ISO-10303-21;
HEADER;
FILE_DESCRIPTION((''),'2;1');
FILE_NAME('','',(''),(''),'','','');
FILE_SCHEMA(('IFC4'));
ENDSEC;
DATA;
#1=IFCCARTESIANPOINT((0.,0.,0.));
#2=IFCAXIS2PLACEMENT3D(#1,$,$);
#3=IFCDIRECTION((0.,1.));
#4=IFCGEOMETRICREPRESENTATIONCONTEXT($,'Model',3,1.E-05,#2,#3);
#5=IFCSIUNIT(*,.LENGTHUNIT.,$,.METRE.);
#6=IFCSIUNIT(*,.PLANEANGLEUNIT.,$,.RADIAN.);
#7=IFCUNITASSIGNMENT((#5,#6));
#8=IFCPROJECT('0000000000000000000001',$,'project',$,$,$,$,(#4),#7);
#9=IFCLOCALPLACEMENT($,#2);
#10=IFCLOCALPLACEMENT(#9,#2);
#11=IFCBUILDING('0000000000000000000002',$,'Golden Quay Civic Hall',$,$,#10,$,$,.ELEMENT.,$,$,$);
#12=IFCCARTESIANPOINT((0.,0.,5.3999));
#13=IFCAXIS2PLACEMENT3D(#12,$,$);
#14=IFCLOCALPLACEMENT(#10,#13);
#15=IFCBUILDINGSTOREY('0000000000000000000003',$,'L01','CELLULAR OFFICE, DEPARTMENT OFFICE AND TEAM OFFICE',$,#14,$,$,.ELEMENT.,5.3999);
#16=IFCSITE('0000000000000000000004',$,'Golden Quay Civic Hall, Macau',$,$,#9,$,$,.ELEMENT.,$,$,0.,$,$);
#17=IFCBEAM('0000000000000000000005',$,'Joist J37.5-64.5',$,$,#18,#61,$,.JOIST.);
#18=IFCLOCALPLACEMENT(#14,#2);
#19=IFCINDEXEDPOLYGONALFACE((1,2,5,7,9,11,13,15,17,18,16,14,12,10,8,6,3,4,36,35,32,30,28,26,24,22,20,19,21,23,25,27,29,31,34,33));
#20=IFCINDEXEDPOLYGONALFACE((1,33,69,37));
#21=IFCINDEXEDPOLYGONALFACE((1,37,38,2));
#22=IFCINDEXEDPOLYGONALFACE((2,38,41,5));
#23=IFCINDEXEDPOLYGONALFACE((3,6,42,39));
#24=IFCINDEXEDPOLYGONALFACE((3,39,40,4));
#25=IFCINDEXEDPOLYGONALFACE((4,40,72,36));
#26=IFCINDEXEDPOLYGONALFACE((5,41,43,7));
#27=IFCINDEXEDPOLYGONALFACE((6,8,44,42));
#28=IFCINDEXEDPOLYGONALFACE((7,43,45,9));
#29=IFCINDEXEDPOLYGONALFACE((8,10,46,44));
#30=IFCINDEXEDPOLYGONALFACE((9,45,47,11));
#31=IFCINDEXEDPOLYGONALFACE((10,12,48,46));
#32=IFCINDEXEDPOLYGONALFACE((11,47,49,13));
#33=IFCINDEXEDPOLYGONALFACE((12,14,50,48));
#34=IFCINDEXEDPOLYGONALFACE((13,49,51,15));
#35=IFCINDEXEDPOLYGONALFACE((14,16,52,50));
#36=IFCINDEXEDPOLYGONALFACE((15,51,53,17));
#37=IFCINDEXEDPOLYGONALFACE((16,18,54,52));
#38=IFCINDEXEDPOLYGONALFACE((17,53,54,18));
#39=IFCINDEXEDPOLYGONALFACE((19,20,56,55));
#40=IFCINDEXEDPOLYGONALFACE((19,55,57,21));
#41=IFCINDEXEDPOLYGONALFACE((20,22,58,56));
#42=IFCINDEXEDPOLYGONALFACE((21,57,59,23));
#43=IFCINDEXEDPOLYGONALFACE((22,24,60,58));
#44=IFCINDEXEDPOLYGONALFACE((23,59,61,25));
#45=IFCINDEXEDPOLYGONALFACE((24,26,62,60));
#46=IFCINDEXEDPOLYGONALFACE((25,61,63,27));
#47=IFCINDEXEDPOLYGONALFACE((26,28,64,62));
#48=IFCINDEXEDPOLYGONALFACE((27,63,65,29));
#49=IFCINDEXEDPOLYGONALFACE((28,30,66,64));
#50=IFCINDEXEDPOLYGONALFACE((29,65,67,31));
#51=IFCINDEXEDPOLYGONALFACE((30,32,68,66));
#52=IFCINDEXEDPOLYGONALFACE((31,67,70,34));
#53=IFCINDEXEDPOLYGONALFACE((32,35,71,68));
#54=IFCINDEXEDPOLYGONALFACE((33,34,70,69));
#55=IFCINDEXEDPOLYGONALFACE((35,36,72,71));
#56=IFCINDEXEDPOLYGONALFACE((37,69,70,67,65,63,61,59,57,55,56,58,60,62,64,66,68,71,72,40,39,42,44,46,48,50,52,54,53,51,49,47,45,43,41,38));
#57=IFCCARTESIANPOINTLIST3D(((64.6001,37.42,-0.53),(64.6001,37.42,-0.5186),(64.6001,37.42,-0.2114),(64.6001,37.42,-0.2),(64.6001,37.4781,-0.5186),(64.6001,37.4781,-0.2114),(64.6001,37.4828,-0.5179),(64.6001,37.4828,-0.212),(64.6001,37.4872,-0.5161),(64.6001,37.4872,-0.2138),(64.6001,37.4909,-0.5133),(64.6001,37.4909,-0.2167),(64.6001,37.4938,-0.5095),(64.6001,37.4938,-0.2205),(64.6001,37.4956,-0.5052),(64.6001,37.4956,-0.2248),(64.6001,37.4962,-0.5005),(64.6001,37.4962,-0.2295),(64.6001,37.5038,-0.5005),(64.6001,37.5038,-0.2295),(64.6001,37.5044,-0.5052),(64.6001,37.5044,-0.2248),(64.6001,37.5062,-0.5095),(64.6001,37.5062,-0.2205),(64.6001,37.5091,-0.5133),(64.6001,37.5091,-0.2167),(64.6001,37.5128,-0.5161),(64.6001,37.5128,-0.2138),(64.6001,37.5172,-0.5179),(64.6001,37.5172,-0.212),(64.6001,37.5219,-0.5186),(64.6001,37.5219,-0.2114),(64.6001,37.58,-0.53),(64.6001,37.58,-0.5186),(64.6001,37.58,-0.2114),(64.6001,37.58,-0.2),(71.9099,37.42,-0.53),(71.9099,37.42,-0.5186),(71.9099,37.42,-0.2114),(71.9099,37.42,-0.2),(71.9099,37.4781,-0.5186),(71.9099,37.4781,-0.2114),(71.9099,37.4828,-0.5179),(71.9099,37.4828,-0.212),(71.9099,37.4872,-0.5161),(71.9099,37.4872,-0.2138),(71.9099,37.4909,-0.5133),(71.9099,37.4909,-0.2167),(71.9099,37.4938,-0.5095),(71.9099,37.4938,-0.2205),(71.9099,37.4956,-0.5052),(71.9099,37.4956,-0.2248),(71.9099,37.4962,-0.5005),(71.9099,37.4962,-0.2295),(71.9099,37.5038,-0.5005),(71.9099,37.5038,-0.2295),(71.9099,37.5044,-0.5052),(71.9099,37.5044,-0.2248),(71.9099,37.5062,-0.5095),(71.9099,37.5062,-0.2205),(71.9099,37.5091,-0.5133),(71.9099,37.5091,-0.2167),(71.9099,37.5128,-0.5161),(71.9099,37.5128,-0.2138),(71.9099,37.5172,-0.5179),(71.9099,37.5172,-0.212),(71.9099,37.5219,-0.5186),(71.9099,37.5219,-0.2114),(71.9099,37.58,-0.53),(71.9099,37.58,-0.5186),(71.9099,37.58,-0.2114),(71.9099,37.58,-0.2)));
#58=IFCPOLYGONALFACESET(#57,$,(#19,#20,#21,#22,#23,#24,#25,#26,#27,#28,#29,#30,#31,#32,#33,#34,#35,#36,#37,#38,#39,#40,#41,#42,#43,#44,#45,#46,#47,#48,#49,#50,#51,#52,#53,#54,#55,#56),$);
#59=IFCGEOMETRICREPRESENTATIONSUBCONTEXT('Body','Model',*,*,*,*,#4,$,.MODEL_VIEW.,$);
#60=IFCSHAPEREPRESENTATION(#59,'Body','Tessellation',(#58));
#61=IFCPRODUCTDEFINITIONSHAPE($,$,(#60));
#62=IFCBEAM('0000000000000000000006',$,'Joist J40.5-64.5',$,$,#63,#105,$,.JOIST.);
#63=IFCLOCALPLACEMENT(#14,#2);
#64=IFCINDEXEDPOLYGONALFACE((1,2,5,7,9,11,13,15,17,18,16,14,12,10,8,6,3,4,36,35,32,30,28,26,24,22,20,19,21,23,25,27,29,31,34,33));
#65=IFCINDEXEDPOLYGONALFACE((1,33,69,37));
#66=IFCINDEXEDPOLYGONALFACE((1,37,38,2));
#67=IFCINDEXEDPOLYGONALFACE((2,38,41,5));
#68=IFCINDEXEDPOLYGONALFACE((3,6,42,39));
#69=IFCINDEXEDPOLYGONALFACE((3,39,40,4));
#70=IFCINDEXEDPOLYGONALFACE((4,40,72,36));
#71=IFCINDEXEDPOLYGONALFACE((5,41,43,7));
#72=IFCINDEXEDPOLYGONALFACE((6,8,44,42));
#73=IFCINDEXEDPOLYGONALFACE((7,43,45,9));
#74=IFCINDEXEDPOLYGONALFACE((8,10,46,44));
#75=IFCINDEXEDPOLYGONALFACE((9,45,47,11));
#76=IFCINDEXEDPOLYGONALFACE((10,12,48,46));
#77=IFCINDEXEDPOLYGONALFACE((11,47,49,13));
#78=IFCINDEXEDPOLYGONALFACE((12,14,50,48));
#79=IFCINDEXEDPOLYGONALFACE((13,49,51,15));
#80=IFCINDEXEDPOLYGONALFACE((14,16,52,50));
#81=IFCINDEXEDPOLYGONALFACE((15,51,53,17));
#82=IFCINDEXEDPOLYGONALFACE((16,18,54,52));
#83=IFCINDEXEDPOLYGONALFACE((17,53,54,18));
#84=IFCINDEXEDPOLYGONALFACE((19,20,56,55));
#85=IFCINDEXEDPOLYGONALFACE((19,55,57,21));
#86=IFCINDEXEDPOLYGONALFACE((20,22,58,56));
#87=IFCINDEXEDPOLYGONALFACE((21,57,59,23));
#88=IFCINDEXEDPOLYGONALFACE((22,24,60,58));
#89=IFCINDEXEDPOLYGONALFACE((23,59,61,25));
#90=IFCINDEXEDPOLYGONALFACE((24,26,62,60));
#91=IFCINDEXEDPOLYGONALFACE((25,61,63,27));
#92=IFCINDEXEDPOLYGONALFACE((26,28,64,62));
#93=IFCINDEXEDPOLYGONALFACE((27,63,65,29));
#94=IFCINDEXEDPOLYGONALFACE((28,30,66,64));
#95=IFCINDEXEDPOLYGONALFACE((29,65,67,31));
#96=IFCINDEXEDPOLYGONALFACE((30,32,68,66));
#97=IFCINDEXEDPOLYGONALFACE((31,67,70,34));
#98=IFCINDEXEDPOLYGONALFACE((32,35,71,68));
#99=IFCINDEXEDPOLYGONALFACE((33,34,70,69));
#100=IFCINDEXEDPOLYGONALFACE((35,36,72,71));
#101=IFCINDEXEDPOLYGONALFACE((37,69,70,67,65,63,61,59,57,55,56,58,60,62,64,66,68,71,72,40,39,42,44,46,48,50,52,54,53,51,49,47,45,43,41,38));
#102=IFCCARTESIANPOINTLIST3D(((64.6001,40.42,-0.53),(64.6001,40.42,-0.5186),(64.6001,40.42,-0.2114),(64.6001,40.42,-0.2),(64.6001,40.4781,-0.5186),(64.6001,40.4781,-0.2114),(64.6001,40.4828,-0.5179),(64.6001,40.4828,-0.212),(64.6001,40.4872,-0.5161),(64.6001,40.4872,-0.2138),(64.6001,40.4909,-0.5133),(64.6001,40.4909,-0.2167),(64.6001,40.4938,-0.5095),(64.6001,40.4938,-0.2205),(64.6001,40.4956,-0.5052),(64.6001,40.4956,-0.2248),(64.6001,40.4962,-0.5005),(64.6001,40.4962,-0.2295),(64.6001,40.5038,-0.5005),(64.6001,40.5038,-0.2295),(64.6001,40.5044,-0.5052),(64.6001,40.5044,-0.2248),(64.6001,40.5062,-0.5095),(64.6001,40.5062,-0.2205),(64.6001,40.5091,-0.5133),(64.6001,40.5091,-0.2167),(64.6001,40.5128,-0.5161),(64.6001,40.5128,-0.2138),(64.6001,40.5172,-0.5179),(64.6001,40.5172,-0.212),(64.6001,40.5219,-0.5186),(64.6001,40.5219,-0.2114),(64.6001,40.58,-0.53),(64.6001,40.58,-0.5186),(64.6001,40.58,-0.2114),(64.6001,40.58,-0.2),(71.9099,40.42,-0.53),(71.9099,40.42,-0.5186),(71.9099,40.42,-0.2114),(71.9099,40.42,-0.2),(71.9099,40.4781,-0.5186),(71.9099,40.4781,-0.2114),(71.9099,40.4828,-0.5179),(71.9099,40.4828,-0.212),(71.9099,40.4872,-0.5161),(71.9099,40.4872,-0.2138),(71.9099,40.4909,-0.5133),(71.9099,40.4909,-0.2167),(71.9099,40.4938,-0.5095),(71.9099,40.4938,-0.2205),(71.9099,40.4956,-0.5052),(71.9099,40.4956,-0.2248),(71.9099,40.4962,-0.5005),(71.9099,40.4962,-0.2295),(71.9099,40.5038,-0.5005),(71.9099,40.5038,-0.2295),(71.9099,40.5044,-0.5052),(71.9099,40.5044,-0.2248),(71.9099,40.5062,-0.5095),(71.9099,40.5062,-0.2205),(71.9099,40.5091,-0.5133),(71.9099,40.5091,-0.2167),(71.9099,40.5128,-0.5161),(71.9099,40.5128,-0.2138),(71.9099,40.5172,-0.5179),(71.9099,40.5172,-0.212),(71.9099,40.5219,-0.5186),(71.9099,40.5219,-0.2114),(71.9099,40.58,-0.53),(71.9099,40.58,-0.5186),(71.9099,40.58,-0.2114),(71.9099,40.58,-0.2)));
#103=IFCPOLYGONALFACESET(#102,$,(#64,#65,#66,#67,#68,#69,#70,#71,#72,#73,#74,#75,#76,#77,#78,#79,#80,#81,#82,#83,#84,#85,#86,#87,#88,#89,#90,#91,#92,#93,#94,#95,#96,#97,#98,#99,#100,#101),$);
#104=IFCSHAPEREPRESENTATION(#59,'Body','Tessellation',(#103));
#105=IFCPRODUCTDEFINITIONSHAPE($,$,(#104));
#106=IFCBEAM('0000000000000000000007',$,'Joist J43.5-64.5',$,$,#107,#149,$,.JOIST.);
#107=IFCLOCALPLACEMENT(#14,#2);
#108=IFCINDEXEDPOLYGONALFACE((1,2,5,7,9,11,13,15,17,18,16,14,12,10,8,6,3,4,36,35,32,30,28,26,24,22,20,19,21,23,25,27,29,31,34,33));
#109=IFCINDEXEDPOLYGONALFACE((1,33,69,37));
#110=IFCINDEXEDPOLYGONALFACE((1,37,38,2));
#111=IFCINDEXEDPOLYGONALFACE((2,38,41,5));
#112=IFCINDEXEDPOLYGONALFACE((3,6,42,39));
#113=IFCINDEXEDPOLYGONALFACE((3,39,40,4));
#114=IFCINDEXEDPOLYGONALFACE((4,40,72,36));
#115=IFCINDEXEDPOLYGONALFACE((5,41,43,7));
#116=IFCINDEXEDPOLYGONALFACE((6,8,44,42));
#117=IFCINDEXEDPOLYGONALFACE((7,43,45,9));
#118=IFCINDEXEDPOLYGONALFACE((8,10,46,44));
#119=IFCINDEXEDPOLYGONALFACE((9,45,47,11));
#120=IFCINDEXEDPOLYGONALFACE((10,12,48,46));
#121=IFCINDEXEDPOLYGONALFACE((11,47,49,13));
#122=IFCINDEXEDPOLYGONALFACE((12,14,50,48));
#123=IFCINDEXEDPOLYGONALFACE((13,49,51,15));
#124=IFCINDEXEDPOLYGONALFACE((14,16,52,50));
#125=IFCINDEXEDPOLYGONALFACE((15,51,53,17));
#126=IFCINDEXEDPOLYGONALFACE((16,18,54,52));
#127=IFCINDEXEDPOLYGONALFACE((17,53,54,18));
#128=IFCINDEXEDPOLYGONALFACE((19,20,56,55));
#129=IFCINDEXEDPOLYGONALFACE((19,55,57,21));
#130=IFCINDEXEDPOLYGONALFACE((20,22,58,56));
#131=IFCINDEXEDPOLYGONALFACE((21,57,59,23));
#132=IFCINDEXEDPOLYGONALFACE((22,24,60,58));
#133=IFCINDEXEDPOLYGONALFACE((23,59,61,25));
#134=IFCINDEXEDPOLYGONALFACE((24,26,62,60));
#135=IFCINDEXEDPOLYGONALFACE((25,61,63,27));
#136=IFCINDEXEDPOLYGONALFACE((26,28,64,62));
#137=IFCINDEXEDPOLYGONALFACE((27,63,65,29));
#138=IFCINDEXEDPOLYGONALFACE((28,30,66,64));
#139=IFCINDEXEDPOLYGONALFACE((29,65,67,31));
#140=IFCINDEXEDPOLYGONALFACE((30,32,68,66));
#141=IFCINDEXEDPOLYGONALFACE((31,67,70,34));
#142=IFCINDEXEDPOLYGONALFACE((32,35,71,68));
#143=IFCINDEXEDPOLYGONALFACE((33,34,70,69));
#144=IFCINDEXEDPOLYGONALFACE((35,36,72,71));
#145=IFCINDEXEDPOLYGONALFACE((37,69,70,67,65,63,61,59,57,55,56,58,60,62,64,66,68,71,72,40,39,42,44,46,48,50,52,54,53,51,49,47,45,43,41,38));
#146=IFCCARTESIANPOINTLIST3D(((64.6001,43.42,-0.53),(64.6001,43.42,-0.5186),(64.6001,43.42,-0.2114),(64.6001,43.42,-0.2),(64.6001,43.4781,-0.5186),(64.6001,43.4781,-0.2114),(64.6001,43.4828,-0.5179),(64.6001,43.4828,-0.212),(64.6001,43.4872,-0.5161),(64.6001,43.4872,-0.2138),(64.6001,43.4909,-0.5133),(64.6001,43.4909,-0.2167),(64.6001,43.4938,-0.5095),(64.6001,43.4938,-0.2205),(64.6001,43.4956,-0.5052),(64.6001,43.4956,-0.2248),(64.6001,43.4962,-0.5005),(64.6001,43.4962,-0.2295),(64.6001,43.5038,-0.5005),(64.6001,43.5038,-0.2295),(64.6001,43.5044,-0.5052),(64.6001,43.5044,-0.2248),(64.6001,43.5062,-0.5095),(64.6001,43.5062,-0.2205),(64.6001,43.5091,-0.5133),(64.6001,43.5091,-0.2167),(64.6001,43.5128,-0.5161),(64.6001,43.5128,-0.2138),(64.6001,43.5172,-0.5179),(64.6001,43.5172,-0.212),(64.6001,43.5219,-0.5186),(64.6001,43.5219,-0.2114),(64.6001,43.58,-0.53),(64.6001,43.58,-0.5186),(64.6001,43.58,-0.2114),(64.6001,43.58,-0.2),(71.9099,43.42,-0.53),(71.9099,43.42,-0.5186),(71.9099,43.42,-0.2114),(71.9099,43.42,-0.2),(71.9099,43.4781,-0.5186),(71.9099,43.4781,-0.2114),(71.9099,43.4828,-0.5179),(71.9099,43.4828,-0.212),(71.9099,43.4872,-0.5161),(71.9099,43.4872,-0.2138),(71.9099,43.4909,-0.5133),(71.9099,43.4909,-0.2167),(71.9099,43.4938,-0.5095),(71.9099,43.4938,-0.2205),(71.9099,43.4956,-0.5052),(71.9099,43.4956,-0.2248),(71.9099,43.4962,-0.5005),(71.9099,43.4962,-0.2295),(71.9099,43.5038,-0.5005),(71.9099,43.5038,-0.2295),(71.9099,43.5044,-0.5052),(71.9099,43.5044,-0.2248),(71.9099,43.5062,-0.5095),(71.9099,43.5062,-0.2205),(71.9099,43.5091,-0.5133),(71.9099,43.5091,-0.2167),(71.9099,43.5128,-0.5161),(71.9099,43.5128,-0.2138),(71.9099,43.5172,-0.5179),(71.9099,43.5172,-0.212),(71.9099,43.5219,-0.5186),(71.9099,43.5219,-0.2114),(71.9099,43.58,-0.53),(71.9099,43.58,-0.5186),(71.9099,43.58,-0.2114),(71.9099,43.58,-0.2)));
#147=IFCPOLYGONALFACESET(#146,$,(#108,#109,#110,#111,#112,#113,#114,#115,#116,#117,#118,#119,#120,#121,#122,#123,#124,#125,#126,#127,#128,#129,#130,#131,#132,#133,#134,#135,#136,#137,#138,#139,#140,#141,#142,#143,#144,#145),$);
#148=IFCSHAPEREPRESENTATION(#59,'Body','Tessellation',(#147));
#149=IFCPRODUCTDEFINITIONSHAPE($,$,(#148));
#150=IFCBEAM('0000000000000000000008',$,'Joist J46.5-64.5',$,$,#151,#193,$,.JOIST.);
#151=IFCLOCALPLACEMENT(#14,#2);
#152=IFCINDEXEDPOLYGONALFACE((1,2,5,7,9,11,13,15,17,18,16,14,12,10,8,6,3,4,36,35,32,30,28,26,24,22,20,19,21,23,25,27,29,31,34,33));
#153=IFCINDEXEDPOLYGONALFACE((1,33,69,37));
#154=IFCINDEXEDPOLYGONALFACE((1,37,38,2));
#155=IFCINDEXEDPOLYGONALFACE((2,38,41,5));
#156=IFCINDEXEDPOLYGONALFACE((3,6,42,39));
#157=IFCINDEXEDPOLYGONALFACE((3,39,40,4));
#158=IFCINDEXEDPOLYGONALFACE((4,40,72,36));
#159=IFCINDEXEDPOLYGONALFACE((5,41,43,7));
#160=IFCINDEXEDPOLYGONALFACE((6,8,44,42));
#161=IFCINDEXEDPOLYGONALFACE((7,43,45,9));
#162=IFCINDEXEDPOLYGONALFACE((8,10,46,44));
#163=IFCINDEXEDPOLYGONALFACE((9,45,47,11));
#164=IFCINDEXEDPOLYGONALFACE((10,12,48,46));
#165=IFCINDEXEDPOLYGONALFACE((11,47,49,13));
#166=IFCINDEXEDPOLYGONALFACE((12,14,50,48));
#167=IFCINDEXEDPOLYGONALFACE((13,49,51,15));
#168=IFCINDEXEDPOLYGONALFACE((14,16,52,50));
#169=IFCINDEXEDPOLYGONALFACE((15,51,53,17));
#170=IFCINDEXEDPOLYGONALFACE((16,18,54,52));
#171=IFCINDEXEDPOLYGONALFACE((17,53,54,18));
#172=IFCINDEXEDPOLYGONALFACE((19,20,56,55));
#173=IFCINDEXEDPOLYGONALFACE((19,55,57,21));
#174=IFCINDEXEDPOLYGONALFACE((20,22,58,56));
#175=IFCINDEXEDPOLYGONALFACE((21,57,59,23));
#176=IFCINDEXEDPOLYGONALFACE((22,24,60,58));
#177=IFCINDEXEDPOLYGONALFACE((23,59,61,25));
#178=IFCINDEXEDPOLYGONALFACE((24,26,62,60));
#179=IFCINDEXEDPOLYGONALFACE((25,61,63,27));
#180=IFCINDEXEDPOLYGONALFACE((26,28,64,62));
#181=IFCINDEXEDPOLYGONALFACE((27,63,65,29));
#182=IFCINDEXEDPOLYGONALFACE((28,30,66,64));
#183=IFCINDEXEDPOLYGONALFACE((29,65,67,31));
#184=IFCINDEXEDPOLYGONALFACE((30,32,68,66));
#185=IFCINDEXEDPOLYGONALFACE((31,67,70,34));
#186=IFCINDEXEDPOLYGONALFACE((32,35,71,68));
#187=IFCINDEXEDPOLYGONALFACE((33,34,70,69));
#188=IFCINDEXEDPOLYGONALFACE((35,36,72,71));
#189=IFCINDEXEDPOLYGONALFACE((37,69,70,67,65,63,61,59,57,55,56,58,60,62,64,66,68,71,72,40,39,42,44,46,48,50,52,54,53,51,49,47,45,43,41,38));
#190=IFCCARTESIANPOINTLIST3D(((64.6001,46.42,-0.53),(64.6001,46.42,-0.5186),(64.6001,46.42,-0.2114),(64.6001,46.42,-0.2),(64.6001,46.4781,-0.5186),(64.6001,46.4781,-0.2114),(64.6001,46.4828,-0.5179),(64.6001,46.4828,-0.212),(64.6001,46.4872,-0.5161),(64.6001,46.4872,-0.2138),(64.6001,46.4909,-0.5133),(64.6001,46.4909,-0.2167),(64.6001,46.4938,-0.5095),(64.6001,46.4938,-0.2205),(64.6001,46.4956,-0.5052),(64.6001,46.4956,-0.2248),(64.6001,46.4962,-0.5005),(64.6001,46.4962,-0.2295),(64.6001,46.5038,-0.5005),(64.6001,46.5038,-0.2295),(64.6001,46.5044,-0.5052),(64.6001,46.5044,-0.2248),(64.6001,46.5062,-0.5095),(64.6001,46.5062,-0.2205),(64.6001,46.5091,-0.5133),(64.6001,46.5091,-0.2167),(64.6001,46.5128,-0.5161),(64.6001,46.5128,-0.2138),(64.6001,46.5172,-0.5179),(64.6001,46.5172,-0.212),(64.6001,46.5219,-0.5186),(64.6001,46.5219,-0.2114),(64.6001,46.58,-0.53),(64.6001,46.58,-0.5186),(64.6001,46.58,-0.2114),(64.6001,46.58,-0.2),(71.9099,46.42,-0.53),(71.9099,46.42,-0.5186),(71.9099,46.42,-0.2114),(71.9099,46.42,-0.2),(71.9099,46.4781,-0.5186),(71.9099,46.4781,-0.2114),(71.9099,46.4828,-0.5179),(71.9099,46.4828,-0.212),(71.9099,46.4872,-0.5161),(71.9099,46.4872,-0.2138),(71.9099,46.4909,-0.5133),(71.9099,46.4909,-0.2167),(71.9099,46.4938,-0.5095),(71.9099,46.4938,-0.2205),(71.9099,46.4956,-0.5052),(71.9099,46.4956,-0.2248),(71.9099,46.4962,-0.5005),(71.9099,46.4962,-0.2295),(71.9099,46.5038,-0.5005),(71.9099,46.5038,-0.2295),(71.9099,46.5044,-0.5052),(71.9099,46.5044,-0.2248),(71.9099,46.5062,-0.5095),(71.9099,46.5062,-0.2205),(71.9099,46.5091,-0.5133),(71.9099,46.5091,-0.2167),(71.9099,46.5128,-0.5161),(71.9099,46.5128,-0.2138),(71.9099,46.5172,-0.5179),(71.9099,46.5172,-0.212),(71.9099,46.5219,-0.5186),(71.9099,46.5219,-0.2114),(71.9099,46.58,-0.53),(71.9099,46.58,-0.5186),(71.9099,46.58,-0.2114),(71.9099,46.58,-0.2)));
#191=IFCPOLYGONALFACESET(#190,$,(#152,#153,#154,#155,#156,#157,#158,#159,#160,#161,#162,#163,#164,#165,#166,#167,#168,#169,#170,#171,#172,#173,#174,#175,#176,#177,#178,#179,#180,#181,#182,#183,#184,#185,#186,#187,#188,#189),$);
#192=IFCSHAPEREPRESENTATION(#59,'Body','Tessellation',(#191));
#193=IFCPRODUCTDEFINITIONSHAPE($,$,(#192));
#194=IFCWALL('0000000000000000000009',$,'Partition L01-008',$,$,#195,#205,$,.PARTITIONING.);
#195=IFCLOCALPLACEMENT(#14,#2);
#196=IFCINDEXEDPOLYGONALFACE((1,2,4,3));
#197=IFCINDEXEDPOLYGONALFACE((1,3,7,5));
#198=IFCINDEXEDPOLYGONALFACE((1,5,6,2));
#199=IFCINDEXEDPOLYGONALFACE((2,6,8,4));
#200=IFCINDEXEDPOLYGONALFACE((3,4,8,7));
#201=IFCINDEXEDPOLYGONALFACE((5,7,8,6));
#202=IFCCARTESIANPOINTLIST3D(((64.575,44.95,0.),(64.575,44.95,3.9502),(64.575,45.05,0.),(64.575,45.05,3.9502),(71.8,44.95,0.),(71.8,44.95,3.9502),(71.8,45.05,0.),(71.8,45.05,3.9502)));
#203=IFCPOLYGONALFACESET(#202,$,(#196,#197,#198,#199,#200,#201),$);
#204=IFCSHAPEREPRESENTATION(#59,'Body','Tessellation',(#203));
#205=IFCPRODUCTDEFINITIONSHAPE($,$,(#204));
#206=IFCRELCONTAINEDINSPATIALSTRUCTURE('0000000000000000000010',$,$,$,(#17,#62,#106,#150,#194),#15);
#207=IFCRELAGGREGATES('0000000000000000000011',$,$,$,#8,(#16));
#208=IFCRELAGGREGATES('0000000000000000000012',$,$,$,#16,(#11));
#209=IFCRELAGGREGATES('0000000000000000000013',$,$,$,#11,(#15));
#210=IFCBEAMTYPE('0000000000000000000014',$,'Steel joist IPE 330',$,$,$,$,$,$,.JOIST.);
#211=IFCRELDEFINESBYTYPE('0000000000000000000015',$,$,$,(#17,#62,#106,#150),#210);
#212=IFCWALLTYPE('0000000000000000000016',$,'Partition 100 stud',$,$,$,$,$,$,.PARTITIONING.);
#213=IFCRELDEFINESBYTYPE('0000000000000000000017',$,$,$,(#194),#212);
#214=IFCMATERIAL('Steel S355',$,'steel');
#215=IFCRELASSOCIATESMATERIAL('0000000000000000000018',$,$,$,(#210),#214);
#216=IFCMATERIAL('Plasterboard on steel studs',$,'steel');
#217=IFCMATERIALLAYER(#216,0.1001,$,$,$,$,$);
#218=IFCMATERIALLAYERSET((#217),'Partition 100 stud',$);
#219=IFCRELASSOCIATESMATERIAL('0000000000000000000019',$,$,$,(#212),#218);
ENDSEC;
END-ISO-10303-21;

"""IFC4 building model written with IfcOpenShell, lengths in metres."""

from ifc_helpers import new_model, si_unit, direction, frame, frame_2d, origin, origin_2d, place, context, subcontext, project, spatial, rectangle, i_section, extrude, material, layer, layer_set, material_profile, profile_set, type_object, element, save


model = new_model("IFC4")

# Units and contexts
model_context = context("Model", 3, precision=1e-05, world=origin(), true_north=direction((0.0, 1.0)))
body_context = subcontext(model_context, "Body", "Model", "MODEL_VIEW")
ifc_project = project(units=[si_unit("LENGTHUNIT", "METRE"), si_unit("PLANEANGLEUNIT", "RADIAN")], contexts=[model_context])

# Site, building, storey
site_placement = place(None, origin())
site = spatial("IfcSite", under=ifc_project, at=site_placement, Name="Golden Quay Civic Hall, Macau", CompositionType="ELEMENT", RefElevation=0.0)
building_placement = place(site_placement, origin())
building = spatial("IfcBuilding", under=site, at=building_placement, Name="Golden Quay Civic Hall", CompositionType="ELEMENT")
storey_placement = place(building_placement, frame((0.0, 0.0, 5.3999)))
storey = spatial("IfcBuildingStorey", under=building, at=storey_placement, Name="L01", Description="CELLULAR OFFICE, DEPARTMENT OFFICE AND TEAM OFFICE", CompositionType="ELEMENT", Elevation=5.3999)

# Beams
ifc_material_1 = material(Name="Steel S355", Category="steel")
ifc_material_profile_1 = material_profile(ifc_material_1, i_section(OverallWidth=0.1599, OverallDepth=0.3301, WebThickness=0.0076, FlangeThickness=0.0115, FilletRadius=0.0181, at=origin_2d()), Name="IPE 330")
ifc_profile_set_1 = profile_set([ifc_material_profile_1], Name="Steel S355")
beam_type_1 = type_object("IfcBeamType", Name="Steel joist IPE 330", PredefinedType="JOIST", material=ifc_profile_set_1)
for number, where, z_axis, x_axis, name in (
    (1, (64.6001, 37.5, -0.365), (1.0, 0.0, 0.0), (0.0, 1.0, 0.0), "Joist J37.5-64.5"),
    (2, (64.6001, 40.5, -0.365), (1.0, 0.0, 0.0), (0.0, 1.0, 0.0), "Joist J40.5-64.5"),
    (3, (64.6001, 43.5, -0.365), (1.0, 0.0, 0.0), (0.0, 1.0, 0.0), "Joist J43.5-64.5"),
    (4, (64.6001, 46.5, -0.365), (1.0, 0.0, 0.0), (0.0, 1.0, 0.0), "Joist J46.5-64.5"),
):
    element("IfcBeam", number, at=place(storey_placement, frame(where, z_axis=z_axis, x_axis=x_axis)), inside=storey, type_object=beam_type_1, Name=name, PredefinedType="JOIST", context=body_context, shape_type="SweptSolid", body=[
        extrude(i_section(OverallWidth=0.1599, OverallDepth=0.3301, WebThickness=0.0076, FlangeThickness=0.0115, FilletRadius=0.0181, at=origin_2d()), origin(), (0.0, 0.0, 1.0), 7.3098),
    ])

# Wall
ifc_material_2 = material(Name="Plasterboard on steel studs", Category="steel")
ifc_layer_1 = layer(ifc_material_2, 0.1001)
ifc_layer_set_1 = layer_set([ifc_layer_1], Name="Partition 100 stud")
wall_type_1 = type_object("IfcWallType", Name="Partition 100 stud", PredefinedType="PARTITIONING", material=ifc_layer_set_1)
wall_1_placement = place(storey_placement, frame((64.575, 45.0, 0.0), z_axis=(0.0, 0.0, 1.0), x_axis=(1.0, 0.0, 0.0)))
element("IfcWall", 5, at=wall_1_placement, inside=storey, type_object=wall_type_1, Name="Partition L01-008", PredefinedType="PARTITIONING", context=body_context, shape_type="SweptSolid", body=[
    extrude(rectangle(XDim=7.2251, YDim=0.1001, at=frame_2d((3.6125, 0.0))), origin(), (0.0, 0.0, 1.0), 3.9502),
])

save(model, "model.ifc")
